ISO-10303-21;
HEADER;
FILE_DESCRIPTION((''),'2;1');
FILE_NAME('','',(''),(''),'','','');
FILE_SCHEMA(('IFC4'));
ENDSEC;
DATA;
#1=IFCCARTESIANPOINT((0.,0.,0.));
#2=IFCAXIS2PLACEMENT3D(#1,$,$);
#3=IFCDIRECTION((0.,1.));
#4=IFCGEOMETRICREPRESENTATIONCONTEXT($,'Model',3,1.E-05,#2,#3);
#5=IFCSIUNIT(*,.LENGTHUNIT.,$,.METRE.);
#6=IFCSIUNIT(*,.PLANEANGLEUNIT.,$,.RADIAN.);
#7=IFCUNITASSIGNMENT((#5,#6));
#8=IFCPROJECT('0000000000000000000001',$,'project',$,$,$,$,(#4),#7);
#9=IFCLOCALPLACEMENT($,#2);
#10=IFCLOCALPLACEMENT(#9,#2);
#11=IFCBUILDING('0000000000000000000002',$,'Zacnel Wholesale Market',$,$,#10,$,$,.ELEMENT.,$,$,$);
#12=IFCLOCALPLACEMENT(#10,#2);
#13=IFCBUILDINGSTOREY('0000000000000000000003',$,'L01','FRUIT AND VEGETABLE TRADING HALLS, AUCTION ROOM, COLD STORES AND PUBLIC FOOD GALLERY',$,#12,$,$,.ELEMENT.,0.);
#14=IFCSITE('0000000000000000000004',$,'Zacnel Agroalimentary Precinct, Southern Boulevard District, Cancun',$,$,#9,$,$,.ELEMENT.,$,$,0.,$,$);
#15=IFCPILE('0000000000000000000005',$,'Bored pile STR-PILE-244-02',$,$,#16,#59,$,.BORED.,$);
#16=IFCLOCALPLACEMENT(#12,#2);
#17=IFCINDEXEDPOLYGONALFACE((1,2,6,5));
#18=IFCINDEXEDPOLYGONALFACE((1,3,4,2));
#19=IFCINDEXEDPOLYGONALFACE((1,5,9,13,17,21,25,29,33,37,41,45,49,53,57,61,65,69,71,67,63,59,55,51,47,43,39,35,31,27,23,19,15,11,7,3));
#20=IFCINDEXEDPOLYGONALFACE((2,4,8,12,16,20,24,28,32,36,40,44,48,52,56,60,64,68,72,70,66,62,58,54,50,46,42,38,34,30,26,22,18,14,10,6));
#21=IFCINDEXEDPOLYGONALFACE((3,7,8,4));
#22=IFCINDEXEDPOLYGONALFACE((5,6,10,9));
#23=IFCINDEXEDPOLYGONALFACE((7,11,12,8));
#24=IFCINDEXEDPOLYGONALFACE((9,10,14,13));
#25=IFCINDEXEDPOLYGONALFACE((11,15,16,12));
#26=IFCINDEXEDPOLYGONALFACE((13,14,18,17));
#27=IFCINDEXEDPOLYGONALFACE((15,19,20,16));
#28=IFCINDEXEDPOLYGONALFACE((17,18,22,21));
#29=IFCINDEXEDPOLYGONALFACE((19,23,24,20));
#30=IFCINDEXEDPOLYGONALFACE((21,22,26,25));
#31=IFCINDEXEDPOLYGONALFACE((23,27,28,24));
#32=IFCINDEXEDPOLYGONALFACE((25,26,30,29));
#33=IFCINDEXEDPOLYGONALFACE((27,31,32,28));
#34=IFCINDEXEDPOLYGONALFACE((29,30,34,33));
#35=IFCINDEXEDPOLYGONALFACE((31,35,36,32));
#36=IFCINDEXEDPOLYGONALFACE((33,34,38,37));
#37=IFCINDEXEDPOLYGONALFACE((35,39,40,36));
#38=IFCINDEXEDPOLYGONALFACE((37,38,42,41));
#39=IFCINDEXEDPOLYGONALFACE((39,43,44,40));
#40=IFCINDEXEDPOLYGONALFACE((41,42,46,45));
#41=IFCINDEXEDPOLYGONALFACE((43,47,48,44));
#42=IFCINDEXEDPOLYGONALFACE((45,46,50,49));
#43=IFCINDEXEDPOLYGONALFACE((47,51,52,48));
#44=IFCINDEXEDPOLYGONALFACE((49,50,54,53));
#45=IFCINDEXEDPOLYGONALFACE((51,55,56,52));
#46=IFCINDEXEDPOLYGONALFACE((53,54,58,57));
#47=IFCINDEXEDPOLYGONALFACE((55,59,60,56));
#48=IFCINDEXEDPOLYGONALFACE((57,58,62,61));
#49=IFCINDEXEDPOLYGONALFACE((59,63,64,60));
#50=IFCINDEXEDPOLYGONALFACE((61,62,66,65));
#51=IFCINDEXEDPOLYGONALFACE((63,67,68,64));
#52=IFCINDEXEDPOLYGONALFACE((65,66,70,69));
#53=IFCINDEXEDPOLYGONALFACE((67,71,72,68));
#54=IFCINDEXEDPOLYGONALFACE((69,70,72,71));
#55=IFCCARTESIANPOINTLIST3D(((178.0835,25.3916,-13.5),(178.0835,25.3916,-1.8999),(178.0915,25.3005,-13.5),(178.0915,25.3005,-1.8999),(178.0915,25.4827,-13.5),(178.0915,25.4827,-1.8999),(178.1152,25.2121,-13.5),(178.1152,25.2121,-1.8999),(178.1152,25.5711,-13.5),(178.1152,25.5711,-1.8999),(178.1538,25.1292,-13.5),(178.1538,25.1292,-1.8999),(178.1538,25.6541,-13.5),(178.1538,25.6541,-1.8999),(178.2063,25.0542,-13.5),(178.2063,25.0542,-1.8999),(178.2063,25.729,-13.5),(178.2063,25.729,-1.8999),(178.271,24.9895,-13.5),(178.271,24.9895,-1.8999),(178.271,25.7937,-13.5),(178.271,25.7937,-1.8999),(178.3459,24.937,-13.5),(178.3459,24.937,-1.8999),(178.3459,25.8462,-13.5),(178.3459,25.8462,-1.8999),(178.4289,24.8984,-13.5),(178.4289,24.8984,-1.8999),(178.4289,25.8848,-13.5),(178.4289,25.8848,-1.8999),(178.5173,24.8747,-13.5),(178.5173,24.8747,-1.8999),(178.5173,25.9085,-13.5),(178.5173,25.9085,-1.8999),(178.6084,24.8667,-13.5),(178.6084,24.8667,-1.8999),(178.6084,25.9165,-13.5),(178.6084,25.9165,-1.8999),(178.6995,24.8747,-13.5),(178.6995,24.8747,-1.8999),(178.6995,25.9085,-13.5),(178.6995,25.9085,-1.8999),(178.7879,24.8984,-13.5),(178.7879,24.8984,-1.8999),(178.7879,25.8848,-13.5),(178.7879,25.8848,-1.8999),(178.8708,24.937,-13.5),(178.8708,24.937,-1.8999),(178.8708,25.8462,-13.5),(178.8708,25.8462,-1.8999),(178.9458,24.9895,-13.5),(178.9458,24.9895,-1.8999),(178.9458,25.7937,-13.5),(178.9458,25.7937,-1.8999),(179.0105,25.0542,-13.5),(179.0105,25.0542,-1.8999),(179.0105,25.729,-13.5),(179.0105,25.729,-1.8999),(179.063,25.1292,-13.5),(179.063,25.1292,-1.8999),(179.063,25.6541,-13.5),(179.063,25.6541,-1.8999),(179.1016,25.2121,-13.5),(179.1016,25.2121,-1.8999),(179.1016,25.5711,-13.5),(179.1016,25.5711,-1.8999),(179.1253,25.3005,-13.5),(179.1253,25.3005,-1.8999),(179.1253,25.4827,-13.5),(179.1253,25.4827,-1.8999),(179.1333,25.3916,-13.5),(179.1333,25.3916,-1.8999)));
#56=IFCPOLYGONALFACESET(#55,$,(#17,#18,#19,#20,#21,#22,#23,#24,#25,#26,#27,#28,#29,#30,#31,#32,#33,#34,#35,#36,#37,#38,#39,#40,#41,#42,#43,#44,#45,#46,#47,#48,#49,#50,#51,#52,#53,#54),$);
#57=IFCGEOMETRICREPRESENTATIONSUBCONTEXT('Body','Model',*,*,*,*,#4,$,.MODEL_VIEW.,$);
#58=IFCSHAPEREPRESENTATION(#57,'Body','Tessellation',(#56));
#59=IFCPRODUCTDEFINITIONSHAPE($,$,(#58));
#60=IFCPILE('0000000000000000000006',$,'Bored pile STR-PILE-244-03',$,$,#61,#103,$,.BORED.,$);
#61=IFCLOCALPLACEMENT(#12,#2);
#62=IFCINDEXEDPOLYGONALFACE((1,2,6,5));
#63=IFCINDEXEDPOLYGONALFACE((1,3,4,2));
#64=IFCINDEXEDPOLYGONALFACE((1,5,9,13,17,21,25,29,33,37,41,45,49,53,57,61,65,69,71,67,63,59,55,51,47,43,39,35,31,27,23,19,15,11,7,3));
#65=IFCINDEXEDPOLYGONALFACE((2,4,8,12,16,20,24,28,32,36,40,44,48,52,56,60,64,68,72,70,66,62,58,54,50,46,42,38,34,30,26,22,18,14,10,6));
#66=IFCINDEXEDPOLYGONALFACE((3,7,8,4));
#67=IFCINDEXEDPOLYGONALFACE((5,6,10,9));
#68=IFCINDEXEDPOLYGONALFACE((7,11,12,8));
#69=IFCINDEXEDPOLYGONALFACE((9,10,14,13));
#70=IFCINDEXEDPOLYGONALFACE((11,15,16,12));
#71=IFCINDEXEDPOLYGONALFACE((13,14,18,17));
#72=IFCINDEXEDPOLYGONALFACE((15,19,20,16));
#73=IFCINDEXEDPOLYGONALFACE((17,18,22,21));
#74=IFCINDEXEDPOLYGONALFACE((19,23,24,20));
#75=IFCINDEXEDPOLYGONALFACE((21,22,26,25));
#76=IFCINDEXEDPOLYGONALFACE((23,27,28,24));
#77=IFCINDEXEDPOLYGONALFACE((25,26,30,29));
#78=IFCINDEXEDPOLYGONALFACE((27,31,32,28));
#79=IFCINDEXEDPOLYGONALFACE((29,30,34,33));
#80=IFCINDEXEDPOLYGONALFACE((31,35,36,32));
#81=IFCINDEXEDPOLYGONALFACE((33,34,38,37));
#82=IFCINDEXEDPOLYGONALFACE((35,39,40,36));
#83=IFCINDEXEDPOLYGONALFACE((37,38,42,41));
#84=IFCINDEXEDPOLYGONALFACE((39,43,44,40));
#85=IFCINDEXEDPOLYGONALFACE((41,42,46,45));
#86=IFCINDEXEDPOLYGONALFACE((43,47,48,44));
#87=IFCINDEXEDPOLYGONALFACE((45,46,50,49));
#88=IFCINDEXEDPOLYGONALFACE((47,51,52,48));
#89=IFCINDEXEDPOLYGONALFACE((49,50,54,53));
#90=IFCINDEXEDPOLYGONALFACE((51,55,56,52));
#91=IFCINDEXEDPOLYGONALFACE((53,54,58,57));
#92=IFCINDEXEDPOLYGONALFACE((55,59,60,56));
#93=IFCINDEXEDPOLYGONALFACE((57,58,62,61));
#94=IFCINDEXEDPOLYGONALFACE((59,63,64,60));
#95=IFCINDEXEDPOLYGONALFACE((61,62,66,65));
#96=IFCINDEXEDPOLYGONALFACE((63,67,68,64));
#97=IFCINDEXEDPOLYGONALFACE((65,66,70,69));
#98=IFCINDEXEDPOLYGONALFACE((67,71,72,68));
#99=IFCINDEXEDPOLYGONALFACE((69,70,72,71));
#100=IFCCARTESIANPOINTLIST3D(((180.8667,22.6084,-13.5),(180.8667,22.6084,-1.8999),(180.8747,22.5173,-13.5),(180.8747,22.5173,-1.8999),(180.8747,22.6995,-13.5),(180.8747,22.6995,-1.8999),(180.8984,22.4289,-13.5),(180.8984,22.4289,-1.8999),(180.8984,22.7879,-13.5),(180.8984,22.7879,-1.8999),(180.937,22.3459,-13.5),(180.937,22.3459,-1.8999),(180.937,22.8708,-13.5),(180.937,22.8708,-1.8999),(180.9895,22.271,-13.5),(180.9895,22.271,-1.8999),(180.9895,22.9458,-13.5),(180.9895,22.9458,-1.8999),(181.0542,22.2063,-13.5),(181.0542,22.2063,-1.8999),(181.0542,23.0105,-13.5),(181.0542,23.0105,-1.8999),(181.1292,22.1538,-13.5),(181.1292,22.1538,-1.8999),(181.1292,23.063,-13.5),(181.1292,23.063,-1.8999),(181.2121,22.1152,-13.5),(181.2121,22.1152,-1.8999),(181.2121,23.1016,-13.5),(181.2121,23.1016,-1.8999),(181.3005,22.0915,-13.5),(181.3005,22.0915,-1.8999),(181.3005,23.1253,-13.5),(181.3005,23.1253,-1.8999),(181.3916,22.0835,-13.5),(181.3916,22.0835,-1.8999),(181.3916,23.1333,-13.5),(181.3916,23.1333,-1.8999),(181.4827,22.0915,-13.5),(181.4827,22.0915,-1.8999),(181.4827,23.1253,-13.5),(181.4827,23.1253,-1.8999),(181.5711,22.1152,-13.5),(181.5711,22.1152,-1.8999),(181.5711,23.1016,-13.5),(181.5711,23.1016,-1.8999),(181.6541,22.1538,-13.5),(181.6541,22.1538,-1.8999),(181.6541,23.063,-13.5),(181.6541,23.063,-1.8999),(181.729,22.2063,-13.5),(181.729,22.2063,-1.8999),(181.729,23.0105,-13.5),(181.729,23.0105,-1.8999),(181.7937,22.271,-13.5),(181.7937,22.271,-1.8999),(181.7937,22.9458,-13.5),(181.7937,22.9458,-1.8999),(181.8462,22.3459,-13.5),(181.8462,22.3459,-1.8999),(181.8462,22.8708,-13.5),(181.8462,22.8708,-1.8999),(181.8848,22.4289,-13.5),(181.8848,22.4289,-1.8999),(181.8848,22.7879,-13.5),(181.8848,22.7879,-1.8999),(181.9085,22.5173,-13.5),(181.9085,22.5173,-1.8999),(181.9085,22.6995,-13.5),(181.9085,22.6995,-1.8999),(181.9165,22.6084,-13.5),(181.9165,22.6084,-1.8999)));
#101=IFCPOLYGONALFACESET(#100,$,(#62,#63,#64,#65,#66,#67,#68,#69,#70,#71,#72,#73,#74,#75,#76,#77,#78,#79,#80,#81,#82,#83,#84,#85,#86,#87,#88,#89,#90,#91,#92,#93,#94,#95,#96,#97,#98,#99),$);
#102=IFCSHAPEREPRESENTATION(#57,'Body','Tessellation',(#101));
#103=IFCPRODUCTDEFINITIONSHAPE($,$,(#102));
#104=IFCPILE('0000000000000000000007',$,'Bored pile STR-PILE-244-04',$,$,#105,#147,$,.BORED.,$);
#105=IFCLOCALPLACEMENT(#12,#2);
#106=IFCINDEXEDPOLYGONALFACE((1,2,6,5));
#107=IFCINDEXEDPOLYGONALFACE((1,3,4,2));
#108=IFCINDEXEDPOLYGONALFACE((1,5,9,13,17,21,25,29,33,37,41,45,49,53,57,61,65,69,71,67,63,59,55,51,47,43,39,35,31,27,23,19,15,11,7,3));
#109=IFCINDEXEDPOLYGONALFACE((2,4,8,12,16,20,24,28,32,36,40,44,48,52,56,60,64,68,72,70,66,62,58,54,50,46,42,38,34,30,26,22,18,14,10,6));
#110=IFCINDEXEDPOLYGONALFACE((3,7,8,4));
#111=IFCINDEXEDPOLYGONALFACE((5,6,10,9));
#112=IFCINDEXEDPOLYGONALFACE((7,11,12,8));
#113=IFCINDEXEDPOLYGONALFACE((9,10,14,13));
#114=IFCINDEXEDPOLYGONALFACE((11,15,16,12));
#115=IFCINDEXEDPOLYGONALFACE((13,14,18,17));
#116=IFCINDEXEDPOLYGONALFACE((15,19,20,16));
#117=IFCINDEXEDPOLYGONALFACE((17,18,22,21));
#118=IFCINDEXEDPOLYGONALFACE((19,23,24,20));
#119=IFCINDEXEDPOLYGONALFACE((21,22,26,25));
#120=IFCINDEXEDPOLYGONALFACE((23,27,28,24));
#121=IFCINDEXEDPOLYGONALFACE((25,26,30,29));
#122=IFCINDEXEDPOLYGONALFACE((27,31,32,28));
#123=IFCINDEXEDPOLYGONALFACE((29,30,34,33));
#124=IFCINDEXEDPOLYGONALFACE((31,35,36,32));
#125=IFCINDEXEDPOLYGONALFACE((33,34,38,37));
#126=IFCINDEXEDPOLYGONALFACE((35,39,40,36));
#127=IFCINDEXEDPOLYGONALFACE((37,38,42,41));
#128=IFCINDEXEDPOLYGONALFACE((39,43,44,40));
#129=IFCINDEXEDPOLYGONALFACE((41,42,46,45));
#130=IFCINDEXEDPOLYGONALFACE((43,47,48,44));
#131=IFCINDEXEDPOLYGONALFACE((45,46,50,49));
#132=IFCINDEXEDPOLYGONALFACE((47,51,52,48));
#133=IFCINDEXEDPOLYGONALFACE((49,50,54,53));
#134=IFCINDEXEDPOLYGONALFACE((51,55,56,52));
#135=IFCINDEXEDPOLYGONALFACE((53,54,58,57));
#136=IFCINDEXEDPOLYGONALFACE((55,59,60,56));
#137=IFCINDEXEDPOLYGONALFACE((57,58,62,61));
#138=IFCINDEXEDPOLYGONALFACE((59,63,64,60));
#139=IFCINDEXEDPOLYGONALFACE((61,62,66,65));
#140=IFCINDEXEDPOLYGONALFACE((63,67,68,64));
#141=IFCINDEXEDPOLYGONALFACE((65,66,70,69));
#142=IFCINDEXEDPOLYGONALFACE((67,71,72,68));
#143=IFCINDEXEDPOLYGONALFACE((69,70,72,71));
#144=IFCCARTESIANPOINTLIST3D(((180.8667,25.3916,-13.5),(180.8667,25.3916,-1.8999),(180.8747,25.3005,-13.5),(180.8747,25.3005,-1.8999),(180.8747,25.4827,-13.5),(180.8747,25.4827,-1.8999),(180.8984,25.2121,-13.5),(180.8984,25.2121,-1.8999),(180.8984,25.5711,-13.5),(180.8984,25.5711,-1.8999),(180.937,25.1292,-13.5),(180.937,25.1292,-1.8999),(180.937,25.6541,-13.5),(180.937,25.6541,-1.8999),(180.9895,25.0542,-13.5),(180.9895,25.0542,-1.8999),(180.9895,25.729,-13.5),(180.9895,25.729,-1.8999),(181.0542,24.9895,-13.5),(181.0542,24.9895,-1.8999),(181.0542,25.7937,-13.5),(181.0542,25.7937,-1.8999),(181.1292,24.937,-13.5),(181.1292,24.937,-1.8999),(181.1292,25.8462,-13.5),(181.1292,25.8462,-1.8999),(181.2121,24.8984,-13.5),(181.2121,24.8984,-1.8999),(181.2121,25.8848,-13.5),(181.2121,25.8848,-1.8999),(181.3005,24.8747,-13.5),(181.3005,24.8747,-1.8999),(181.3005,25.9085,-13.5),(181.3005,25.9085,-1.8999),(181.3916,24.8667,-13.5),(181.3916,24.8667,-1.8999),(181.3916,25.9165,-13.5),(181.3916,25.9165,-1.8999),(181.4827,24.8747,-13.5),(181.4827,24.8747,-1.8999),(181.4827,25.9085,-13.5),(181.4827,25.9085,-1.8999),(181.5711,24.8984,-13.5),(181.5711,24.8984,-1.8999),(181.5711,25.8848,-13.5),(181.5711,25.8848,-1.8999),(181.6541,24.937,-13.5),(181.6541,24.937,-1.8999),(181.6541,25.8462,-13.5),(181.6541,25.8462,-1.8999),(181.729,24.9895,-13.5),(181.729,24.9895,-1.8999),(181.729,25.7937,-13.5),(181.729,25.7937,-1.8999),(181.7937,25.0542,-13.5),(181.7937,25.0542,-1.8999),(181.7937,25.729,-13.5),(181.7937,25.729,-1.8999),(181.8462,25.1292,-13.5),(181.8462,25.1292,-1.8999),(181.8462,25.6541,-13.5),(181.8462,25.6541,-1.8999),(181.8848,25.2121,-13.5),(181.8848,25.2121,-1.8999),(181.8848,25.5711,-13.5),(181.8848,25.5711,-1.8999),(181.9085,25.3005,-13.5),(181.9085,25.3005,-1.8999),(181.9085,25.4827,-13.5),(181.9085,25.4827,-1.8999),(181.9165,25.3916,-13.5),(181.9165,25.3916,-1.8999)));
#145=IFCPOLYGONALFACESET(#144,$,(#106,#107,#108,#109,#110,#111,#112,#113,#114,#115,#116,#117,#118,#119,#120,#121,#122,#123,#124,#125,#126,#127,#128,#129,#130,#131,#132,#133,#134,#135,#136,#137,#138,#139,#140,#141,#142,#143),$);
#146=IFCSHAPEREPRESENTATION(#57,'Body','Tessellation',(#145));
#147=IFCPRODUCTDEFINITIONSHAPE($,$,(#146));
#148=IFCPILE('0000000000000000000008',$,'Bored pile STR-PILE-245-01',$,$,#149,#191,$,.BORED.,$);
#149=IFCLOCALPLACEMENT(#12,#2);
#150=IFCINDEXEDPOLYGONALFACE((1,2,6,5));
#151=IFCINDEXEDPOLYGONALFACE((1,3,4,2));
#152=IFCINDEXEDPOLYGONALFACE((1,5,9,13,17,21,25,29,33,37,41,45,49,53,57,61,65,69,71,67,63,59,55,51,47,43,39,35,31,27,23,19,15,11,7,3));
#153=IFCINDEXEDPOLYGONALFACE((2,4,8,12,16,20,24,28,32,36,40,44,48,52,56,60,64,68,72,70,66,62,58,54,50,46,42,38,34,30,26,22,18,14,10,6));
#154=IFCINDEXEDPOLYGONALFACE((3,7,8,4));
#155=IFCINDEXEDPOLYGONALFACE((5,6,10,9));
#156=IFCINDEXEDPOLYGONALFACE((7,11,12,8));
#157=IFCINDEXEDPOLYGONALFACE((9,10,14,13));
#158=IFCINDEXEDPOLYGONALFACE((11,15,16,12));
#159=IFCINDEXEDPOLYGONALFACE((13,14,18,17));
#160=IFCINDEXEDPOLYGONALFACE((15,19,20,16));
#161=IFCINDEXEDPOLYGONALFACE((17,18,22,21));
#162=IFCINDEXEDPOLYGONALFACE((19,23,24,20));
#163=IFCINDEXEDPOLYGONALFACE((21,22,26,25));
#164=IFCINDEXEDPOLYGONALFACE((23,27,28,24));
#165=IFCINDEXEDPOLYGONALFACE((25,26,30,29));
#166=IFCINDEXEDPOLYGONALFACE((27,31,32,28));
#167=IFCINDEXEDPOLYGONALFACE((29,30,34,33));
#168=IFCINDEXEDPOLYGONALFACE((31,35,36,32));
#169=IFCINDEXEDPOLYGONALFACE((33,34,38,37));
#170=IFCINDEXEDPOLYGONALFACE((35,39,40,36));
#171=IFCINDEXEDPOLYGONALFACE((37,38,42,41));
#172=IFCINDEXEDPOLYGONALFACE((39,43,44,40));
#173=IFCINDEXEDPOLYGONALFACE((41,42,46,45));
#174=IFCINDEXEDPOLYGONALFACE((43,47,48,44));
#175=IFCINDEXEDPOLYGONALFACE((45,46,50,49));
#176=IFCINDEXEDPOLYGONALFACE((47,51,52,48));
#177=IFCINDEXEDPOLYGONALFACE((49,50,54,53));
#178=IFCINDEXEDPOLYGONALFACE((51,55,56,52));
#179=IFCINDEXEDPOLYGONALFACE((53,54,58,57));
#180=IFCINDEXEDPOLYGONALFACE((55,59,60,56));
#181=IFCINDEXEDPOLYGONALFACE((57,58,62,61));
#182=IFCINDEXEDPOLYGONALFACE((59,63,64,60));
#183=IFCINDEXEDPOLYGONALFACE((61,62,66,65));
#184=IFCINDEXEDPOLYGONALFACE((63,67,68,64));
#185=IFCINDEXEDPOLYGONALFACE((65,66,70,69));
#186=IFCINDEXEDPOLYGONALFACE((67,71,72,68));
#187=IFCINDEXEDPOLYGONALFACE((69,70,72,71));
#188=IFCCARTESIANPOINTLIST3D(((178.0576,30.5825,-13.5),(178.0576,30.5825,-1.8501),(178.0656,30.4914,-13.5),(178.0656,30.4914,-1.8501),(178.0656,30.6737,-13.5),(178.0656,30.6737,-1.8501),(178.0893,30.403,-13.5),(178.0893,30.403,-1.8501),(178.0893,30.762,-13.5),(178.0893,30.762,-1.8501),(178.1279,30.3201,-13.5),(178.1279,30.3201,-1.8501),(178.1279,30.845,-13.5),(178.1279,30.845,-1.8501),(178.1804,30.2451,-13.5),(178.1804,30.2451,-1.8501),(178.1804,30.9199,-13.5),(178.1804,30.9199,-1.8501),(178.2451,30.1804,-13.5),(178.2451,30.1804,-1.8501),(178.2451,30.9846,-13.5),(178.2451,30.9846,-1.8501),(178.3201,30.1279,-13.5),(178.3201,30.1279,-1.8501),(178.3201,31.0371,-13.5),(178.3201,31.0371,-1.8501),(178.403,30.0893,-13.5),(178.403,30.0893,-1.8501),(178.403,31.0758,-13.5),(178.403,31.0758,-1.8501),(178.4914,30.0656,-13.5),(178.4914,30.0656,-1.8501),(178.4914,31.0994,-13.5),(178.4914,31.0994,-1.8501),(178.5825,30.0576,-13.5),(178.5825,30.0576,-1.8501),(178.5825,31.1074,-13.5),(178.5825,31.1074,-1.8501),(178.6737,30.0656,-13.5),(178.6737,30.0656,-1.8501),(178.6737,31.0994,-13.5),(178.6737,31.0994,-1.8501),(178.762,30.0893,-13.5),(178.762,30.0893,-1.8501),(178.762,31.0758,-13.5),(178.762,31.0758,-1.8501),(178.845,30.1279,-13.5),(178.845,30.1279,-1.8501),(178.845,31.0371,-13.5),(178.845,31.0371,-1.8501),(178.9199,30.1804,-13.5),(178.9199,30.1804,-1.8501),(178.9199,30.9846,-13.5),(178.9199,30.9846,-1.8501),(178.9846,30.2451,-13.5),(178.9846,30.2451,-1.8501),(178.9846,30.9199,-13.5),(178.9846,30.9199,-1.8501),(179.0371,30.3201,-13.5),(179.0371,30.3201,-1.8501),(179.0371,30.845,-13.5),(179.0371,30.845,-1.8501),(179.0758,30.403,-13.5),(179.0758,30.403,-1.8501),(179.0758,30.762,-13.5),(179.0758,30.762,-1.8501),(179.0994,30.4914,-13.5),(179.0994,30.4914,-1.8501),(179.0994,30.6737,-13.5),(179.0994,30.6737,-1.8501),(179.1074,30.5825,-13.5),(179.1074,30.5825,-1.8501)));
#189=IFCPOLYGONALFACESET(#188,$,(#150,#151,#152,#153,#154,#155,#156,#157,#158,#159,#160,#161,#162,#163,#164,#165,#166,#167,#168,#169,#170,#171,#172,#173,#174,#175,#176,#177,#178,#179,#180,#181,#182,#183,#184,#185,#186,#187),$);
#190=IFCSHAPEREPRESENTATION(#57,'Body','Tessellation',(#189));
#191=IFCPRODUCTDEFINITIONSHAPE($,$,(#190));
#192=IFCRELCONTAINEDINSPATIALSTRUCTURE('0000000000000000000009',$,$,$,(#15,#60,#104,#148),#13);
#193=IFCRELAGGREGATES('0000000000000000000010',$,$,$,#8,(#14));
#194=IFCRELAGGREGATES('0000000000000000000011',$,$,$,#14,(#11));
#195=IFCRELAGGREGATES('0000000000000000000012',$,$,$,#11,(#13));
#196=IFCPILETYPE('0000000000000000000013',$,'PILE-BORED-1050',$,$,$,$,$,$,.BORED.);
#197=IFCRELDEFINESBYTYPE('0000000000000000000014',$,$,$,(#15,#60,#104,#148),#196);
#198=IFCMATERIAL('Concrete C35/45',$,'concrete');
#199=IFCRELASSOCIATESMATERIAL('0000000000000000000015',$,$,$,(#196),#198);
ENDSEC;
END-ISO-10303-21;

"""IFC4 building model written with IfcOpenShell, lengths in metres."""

from ifc_helpers import new_model, si_unit, direction, frame, origin, origin_2d, place, context, subcontext, project, spatial, circle, extrude, material, material_profile, profile_set, type_object, element, save


model = new_model("IFC4")

# Units and contexts
model_context = context("Model", 3, precision=1e-05, world=origin(), true_north=direction((0.0, 1.0)))
body_context = subcontext(model_context, "Body", "Model", "MODEL_VIEW")
ifc_project = project(units=[si_unit("LENGTHUNIT", "METRE"), si_unit("PLANEANGLEUNIT", "RADIAN")], contexts=[model_context])

# Site, building, storey
site_placement = place(None, origin())
site = spatial("IfcSite", under=ifc_project, at=site_placement, Name="Zacnel Agroalimentary Precinct, Southern Boulevard District, Cancun", CompositionType="ELEMENT", RefElevation=0.0)
building_placement = place(site_placement, origin())
building = spatial("IfcBuilding", under=site, at=building_placement, Name="Zacnel Wholesale Market", CompositionType="ELEMENT")
storey_placement = place(building_placement, origin())
storey = spatial("IfcBuildingStorey", under=building, at=storey_placement, Name="L01", Description="FRUIT AND VEGETABLE TRADING HALLS, AUCTION ROOM, COLD STORES AND PUBLIC FOOD GALLERY", CompositionType="ELEMENT", Elevation=0.0)

# Piles
ifc_material_1 = material(Name="Concrete C35/45", Category="concrete")
ifc_material_profile_1 = material_profile(ifc_material_1, circle(Radius=0.5249, at=origin_2d()), Name="BORED PILE D1050")
ifc_profile_set_1 = profile_set([ifc_material_profile_1], Name="Concrete C35/45")
pile_type = type_object("IfcPileType", Name="PILE-BORED-1050", PredefinedType="BORED", material=ifc_profile_set_1)
for number, where, z_axis, x_axis, name in (
    (1, (178.6084, 25.3916, -1.8999), (0.0, 0.0, -1.0), (1.0, 0.0, 0.0), "Bored pile STR-PILE-244-02"),
    (2, (181.3916, 22.6084, -1.8999), (0.0, 0.0, -1.0), (1.0, 0.0, 0.0), "Bored pile STR-PILE-244-03"),
    (3, (181.3916, 25.3916, -1.8999), (0.0, 0.0, -1.0), (1.0, 0.0, 0.0), "Bored pile STR-PILE-244-04"),
):
    element("IfcPile", number, at=place(storey_placement, frame(where, z_axis=z_axis, x_axis=x_axis)), inside=storey, type_object=pile_type, Name=name, PredefinedType="BORED", context=body_context, shape_type="SweptSolid", body=[
        extrude(circle(Radius=0.5249, at=origin_2d()), origin(), (0.0, 0.0, 1.0), 11.6001),
    ])
for number, where, z_axis, x_axis, name in (
    (4, (178.5825, 30.5825, -1.8501), (0.0, 0.0, -1.0), (1.0, 0.0, 0.0), "Bored pile STR-PILE-245-01"),
):
    element("IfcPile", number, at=place(storey_placement, frame(where, z_axis=z_axis, x_axis=x_axis)), inside=storey, type_object=pile_type, Name=name, PredefinedType="BORED", context=body_context, shape_type="SweptSolid", body=[
        extrude(circle(Radius=0.5249, at=origin_2d()), origin(), (0.0, 0.0, 1.0), 11.6499),
    ])

save(model, "model.ifc")
